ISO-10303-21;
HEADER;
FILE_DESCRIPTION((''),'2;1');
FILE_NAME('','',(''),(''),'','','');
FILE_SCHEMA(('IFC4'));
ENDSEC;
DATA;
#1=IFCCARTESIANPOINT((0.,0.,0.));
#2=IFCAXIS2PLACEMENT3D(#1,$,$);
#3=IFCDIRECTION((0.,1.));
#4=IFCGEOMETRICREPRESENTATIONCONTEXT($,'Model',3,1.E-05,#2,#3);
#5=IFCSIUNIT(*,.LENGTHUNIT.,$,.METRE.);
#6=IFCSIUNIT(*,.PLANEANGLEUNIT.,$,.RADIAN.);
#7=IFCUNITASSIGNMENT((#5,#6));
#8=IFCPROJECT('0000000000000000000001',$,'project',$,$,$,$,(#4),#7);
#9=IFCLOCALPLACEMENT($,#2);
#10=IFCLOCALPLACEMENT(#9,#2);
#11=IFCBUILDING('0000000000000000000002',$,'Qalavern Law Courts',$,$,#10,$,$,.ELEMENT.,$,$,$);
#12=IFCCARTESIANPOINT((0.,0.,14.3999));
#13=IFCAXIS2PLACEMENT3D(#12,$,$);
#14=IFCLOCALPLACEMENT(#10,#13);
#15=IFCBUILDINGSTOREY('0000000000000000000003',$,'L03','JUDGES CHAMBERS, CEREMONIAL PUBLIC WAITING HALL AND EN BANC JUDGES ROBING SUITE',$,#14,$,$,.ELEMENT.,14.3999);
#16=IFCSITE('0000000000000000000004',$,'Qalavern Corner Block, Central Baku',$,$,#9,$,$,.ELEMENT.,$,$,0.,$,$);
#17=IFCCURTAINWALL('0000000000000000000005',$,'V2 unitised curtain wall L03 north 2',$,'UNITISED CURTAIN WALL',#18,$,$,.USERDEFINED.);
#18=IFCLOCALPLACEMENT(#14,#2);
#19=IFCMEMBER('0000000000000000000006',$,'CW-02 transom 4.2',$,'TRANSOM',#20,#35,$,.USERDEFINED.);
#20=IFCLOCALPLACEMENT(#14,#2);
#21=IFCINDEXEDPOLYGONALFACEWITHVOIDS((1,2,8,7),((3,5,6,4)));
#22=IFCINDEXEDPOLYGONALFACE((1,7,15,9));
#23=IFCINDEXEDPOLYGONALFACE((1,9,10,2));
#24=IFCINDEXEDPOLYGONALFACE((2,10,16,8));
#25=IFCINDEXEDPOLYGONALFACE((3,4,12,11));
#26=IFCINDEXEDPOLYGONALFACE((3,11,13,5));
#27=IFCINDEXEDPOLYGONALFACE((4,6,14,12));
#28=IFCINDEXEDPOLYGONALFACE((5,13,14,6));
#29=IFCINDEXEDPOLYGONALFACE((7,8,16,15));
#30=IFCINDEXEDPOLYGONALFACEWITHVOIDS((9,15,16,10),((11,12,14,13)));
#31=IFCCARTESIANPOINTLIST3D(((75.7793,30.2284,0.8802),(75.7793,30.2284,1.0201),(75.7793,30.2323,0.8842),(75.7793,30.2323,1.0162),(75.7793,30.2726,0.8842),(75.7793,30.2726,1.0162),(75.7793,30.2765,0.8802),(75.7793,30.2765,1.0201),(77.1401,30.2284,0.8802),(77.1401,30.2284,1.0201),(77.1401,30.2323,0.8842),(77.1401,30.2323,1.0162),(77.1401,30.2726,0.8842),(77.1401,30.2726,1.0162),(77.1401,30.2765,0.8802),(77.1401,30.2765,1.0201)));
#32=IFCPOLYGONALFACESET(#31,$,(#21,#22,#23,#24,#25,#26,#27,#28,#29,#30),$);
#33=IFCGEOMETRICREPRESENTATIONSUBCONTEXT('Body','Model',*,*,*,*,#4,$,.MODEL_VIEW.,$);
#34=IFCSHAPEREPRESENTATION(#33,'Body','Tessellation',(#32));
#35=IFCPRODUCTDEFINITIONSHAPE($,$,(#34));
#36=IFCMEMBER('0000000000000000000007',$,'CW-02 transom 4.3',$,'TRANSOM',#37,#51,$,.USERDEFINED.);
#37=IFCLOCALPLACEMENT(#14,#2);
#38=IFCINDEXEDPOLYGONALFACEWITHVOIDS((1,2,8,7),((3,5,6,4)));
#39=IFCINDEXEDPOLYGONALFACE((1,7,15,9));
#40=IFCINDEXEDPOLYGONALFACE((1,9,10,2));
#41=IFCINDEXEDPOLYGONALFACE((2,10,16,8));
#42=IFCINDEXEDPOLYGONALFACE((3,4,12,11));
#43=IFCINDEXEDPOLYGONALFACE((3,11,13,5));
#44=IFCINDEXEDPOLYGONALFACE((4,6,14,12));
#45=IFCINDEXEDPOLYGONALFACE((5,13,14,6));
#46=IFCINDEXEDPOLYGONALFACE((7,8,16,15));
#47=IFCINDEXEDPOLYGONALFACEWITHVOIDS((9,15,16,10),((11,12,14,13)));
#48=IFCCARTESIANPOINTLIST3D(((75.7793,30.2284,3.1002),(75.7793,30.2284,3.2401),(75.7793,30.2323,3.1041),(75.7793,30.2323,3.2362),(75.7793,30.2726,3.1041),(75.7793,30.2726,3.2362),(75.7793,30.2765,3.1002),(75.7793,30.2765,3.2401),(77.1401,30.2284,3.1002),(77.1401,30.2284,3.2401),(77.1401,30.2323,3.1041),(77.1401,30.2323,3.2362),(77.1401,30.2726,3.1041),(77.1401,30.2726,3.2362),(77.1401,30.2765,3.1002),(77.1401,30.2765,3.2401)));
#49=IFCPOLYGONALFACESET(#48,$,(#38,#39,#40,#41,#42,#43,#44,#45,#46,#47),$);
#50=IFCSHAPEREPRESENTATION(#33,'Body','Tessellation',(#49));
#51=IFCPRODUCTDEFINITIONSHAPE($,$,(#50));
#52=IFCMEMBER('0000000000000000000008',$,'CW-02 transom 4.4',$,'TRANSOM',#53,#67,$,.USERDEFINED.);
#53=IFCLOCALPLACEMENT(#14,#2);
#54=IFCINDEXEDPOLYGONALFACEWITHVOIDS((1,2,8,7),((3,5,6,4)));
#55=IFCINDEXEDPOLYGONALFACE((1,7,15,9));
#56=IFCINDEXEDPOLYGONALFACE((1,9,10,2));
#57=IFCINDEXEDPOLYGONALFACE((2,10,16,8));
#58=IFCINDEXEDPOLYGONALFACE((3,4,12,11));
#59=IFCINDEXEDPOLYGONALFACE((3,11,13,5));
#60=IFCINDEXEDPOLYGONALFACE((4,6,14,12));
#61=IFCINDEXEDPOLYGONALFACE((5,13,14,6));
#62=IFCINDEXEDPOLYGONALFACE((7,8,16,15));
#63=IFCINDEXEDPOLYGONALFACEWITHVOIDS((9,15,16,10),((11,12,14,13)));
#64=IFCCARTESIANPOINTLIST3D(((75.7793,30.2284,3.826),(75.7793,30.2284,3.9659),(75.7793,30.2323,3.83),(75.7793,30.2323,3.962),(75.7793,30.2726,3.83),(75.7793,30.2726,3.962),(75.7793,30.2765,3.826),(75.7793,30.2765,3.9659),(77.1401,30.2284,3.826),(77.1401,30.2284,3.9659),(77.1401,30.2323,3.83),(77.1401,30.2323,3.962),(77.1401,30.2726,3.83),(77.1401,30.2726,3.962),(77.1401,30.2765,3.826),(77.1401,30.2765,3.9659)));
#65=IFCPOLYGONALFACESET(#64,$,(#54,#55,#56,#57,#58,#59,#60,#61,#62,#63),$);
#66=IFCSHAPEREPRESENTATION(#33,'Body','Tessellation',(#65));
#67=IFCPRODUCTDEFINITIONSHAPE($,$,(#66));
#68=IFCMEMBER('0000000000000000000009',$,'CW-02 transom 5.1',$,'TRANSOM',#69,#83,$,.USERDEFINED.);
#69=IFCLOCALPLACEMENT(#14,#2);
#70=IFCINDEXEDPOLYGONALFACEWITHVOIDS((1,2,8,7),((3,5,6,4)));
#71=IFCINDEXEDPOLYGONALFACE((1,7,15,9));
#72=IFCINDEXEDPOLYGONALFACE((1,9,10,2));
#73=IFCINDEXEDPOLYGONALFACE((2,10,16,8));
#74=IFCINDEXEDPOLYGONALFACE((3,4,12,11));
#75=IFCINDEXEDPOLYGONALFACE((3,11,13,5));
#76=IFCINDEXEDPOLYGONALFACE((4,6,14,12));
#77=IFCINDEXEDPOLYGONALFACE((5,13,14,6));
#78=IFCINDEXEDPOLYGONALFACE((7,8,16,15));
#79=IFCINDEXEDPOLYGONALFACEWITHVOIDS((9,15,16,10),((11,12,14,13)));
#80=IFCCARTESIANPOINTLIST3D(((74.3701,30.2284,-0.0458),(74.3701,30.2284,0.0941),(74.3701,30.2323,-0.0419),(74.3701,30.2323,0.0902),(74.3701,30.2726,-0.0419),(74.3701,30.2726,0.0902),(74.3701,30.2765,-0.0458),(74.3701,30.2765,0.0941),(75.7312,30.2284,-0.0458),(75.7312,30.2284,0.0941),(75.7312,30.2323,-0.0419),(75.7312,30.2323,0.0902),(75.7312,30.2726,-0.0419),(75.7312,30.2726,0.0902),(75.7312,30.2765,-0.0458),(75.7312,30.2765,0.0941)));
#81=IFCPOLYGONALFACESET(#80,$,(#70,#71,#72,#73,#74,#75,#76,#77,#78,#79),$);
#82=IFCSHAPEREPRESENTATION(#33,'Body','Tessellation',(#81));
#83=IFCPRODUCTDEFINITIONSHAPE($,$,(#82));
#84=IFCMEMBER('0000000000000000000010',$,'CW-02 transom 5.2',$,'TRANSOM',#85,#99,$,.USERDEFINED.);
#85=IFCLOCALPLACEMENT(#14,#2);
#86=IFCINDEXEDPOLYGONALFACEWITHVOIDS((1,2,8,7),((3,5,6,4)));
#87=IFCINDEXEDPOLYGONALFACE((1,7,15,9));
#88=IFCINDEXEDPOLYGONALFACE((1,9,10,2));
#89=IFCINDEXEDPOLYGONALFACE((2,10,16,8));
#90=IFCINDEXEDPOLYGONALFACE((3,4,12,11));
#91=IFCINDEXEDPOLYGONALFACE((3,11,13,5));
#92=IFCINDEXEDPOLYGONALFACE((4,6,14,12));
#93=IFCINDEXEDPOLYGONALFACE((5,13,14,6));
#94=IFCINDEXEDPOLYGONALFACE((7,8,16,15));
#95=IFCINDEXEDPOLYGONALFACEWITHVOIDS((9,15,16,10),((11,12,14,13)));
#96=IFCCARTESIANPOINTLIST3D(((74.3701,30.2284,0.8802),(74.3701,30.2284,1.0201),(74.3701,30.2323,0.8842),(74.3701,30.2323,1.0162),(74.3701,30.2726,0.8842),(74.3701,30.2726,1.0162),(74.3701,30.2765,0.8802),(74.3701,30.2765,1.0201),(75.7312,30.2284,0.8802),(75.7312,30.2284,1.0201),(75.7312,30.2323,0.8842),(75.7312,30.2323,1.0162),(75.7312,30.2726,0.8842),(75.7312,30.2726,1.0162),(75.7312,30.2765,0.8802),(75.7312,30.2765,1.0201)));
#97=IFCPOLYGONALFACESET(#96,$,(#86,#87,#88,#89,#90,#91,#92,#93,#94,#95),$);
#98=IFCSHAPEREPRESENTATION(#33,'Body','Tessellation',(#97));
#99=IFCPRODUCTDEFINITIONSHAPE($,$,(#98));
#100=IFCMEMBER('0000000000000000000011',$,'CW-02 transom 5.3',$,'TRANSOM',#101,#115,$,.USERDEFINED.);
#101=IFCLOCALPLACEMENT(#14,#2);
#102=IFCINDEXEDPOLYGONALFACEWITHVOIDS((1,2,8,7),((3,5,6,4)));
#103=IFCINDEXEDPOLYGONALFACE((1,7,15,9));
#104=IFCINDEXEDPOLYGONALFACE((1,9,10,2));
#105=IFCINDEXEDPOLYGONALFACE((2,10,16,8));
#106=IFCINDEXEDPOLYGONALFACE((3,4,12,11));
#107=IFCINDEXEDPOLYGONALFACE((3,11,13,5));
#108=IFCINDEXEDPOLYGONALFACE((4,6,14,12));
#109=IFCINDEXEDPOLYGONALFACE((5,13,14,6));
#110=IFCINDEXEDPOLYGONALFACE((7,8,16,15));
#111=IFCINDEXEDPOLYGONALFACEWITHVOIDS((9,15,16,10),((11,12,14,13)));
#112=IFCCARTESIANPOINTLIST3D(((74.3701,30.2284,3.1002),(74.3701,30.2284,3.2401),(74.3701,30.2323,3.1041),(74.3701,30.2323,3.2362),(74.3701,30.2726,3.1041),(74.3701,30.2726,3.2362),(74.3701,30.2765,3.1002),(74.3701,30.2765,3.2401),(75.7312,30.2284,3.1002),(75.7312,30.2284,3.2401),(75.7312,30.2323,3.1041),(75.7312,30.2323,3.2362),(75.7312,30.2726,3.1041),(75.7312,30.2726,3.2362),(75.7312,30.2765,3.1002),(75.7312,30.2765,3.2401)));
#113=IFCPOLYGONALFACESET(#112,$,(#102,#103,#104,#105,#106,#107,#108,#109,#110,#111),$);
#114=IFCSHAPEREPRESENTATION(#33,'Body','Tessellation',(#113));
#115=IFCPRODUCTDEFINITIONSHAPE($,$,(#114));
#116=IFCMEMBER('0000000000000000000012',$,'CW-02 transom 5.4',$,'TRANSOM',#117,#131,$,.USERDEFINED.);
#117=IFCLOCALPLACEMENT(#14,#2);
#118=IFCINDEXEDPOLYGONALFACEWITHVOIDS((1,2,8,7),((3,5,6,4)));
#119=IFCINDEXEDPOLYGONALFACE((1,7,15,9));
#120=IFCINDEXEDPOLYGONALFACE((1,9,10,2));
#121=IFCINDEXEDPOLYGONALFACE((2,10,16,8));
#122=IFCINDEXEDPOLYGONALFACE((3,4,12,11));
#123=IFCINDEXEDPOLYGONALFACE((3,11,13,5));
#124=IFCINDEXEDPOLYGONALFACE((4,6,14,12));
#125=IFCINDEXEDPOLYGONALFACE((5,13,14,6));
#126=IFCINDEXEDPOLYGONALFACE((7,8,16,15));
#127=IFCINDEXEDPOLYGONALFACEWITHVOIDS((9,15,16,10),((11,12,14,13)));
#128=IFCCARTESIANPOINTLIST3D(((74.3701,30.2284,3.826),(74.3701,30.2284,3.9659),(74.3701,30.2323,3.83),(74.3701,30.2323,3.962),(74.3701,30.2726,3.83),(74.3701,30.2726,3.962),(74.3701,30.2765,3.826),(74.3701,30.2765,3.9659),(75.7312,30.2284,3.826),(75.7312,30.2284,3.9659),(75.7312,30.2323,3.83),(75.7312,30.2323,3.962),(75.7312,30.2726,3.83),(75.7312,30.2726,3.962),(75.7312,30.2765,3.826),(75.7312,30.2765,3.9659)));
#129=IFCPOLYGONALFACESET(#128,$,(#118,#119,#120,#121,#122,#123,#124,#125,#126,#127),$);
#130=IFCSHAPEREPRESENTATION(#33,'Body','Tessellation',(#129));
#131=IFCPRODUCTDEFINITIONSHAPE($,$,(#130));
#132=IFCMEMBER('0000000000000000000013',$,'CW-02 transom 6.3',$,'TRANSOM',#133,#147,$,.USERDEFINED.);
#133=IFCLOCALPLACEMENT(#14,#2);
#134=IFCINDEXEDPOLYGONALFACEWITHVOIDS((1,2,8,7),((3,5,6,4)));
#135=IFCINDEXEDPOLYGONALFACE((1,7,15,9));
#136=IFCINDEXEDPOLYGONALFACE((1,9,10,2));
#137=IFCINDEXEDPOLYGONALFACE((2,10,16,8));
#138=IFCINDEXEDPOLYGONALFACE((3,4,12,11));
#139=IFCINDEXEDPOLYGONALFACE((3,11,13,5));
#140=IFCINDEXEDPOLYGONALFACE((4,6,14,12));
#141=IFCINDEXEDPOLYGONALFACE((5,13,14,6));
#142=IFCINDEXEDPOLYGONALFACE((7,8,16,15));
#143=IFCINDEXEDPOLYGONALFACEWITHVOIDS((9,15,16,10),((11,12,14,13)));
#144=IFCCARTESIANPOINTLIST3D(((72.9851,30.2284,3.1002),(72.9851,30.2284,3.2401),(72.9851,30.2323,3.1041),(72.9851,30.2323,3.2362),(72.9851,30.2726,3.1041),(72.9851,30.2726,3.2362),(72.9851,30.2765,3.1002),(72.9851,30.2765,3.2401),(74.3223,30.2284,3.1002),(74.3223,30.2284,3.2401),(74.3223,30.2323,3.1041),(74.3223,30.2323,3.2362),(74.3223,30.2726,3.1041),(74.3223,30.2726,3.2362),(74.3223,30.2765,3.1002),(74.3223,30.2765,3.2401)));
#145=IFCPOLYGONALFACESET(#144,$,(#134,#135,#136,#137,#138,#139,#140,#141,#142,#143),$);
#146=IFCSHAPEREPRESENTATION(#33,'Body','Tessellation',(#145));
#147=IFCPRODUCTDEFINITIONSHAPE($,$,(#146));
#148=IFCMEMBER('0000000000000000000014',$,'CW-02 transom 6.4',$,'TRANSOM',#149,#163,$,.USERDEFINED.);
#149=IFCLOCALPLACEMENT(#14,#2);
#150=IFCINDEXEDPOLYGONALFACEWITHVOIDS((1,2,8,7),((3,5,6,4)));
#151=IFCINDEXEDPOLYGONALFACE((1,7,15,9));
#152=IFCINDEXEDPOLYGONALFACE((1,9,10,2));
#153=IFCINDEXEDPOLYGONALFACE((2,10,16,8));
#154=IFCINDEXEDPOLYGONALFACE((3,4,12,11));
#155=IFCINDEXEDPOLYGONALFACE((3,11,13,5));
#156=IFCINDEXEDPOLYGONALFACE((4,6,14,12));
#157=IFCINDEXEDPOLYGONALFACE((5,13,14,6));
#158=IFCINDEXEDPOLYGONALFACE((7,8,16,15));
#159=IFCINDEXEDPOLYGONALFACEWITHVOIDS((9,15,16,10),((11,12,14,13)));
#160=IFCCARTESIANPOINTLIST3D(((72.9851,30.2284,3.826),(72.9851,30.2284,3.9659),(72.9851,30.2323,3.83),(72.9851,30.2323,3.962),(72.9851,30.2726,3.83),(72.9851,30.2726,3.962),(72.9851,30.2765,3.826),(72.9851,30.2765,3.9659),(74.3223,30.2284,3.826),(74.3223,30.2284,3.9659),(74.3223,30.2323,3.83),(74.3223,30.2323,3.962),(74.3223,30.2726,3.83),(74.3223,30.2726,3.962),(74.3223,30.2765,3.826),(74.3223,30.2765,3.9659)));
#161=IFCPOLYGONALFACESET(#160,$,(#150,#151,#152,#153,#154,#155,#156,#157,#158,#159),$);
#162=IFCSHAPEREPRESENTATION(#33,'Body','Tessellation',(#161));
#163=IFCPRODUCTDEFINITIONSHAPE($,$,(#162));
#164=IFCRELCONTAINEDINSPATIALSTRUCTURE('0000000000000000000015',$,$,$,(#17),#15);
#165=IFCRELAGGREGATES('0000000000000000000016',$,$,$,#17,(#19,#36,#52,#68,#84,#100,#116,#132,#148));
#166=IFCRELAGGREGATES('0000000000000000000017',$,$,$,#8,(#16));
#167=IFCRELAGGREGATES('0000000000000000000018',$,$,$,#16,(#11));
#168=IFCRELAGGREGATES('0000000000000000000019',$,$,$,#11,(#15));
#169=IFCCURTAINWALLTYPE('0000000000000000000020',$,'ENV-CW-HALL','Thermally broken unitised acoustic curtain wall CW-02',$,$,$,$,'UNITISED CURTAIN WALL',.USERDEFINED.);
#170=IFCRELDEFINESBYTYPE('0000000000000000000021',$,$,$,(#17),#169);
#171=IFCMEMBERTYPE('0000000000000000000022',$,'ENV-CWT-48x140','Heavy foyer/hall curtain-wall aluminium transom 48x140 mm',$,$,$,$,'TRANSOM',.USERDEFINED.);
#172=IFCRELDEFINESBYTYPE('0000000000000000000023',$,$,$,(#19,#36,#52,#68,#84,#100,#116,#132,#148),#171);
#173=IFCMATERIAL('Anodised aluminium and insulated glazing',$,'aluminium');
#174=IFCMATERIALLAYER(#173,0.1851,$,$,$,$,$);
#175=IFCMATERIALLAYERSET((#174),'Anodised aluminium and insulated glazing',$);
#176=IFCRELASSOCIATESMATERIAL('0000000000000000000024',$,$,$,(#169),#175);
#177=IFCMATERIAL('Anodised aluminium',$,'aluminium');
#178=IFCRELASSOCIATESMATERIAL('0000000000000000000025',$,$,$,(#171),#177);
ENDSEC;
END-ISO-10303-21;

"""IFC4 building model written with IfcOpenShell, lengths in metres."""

from ifc_helpers import new_model, si_unit, direction, frame, origin, origin_2d, place, context, subcontext, project, spatial, hollow_rectangle, extrude, material, layer, layer_set, material_profile, profile_set, type_object, element, aggregate, save


model = new_model("IFC4")

# Units and contexts
model_context = context("Model", 3, precision=1e-05, world=origin(), true_north=direction((0.0, 1.0)))
body_context = subcontext(model_context, "Body", "Model", "MODEL_VIEW")
ifc_project = project(units=[si_unit("LENGTHUNIT", "METRE"), si_unit("PLANEANGLEUNIT", "RADIAN")], contexts=[model_context])

# Site, building, storey
site_placement = place(None, origin())
site = spatial("IfcSite", under=ifc_project, at=site_placement, Name="Qalavern Corner Block, Central Baku", CompositionType="ELEMENT", RefElevation=0.0)
building_placement = place(site_placement, origin())
building = spatial("IfcBuilding", under=site, at=building_placement, Name="Qalavern Law Courts", CompositionType="ELEMENT")
storey_placement = place(building_placement, frame((0.0, 0.0, 14.3999)))
storey = spatial("IfcBuildingStorey", under=building, at=storey_placement, Name="L03", Description="JUDGES CHAMBERS, CEREMONIAL PUBLIC WAITING HALL AND EN BANC JUDGES ROBING SUITE", CompositionType="ELEMENT", Elevation=14.3999)

# Curtain wall, members
ifc_material_1 = material(Name="Anodised aluminium and insulated glazing", Category="aluminium")
ifc_layer_1 = layer(ifc_material_1, 0.1851)
ifc_layer_set_1 = layer_set([ifc_layer_1], Name="Anodised aluminium and insulated glazing")
curtain_wall_type = type_object("IfcCurtainWallType", Name="ENV-CW-HALL", Description="Thermally broken unitised acoustic curtain wall CW-02", ElementType="UNITISED CURTAIN WALL", PredefinedType="USERDEFINED", material=ifc_layer_set_1)
curtain_wall_placement = place(storey_placement, origin())
curtain_wall = element("IfcCurtainWall", 1, at=curtain_wall_placement, inside=storey, type_object=curtain_wall_type, Name="V2 unitised curtain wall L03 north 2", ObjectType="UNITISED CURTAIN WALL", PredefinedType="USERDEFINED")
ifc_material_2 = material(Name="Anodised aluminium", Category="aluminium")
ifc_material_profile_1 = material_profile(ifc_material_2, hollow_rectangle(XDim=0.0481, YDim=0.1399, WallThickness=0.0039, at=origin_2d()), Name="ALU TRANSOM 48x140")
ifc_profile_set_1 = profile_set([ifc_material_profile_1], Name="Anodised aluminium")
member_type_1 = type_object("IfcMemberType", Name="ENV-CWT-48x140", Description="Heavy foyer/hall curtain-wall aluminium transom 48x140 mm", ElementType="TRANSOM", PredefinedType="USERDEFINED", material=ifc_profile_set_1)
member_1_placement = place(storey_placement, frame((77.1401, 30.2524, 0.9502), z_axis=(-1.0, 0.0, 0.0), x_axis=(0.0, -1.0, 0.0)))
member_1 = element("IfcMember", 2, at=member_1_placement, type_object=member_type_1, Name="CW-02 transom 4.2", ObjectType="TRANSOM", PredefinedType="USERDEFINED", context=body_context, shape_type="SweptSolid", body=[
    extrude(hollow_rectangle(XDim=0.0481, YDim=0.1399, WallThickness=0.0039, at=origin_2d()), origin(), (0.0, 0.0, 1.0), 1.3608),
])
member_2_placement = place(storey_placement, frame((77.1401, 30.2524, 3.1702), z_axis=(-1.0, 0.0, 0.0), x_axis=(0.0, -1.0, 0.0)))
member_2 = element("IfcMember", 3, at=member_2_placement, type_object=member_type_1, Name="CW-02 transom 4.3", ObjectType="TRANSOM", PredefinedType="USERDEFINED", context=body_context, shape_type="SweptSolid", body=[
    extrude(hollow_rectangle(XDim=0.0481, YDim=0.1399, WallThickness=0.0039, at=origin_2d()), origin(), (0.0, 0.0, 1.0), 1.3608),
])
member_3_placement = place(storey_placement, frame((77.1401, 30.2524, 3.896), z_axis=(-1.0, 0.0, 0.0), x_axis=(0.0, -1.0, 0.0)))
member_3 = element("IfcMember", 4, at=member_3_placement, type_object=member_type_1, Name="CW-02 transom 4.4", ObjectType="TRANSOM", PredefinedType="USERDEFINED", context=body_context, shape_type="SweptSolid", body=[
    extrude(hollow_rectangle(XDim=0.0481, YDim=0.1399, WallThickness=0.0039, at=origin_2d()), origin(), (0.0, 0.0, 1.0), 1.3608),
])
member_4_placement = place(storey_placement, frame((75.7312, 30.2524, 0.0242), z_axis=(-1.0, 0.0, 0.0), x_axis=(0.0, -1.0, 0.0)))
member_4 = element("IfcMember", 5, at=member_4_placement, type_object=member_type_1, Name="CW-02 transom 5.1", ObjectType="TRANSOM", PredefinedType="USERDEFINED", context=body_context, shape_type="SweptSolid", body=[
    extrude(hollow_rectangle(XDim=0.0481, YDim=0.1399, WallThickness=0.0039, at=origin_2d()), origin(), (0.0, 0.0, 1.0), 1.3611),
])
member_5_placement = place(storey_placement, frame((75.7312, 30.2524, 0.9502), z_axis=(-1.0, 0.0, 0.0), x_axis=(0.0, -1.0, 0.0)))
member_5 = element("IfcMember", 6, at=member_5_placement, type_object=member_type_1, Name="CW-02 transom 5.2", ObjectType="TRANSOM", PredefinedType="USERDEFINED", context=body_context, shape_type="SweptSolid", body=[
    extrude(hollow_rectangle(XDim=0.0481, YDim=0.1399, WallThickness=0.0039, at=origin_2d()), origin(), (0.0, 0.0, 1.0), 1.3611),
])
member_6_placement = place(storey_placement, frame((75.7312, 30.2524, 3.1702), z_axis=(-1.0, 0.0, 0.0), x_axis=(0.0, -1.0, 0.0)))
member_6 = element("IfcMember", 7, at=member_6_placement, type_object=member_type_1, Name="CW-02 transom 5.3", ObjectType="TRANSOM", PredefinedType="USERDEFINED", context=body_context, shape_type="SweptSolid", body=[
    extrude(hollow_rectangle(XDim=0.0481, YDim=0.1399, WallThickness=0.0039, at=origin_2d()), origin(), (0.0, 0.0, 1.0), 1.3611),
])
member_7_placement = place(storey_placement, frame((75.7312, 30.2524, 3.896), z_axis=(-1.0, 0.0, 0.0), x_axis=(0.0, -1.0, 0.0)))
member_7 = element("IfcMember", 8, at=member_7_placement, type_object=member_type_1, Name="CW-02 transom 5.4", ObjectType="TRANSOM", PredefinedType="USERDEFINED", context=body_context, shape_type="SweptSolid", body=[
    extrude(hollow_rectangle(XDim=0.0481, YDim=0.1399, WallThickness=0.0039, at=origin_2d()), origin(), (0.0, 0.0, 1.0), 1.3611),
])
member_8_placement = place(storey_placement, frame((74.3223, 30.2524, 3.1702), z_axis=(-1.0, 0.0, 0.0), x_axis=(0.0, -1.0, 0.0)))
member_8 = element("IfcMember", 9, at=member_8_placement, type_object=member_type_1, Name="CW-02 transom 6.3", ObjectType="TRANSOM", PredefinedType="USERDEFINED", context=body_context, shape_type="SweptSolid", body=[
    extrude(hollow_rectangle(XDim=0.0481, YDim=0.1399, WallThickness=0.0039, at=origin_2d()), origin(), (0.0, 0.0, 1.0), 1.3372),
])
member_9_placement = place(storey_placement, frame((74.3223, 30.2524, 3.896), z_axis=(-1.0, 0.0, 0.0), x_axis=(0.0, -1.0, 0.0)))
member_9 = element("IfcMember", 10, at=member_9_placement, type_object=member_type_1, Name="CW-02 transom 6.4", ObjectType="TRANSOM", PredefinedType="USERDEFINED", context=body_context, shape_type="SweptSolid", body=[
    extrude(hollow_rectangle(XDim=0.0481, YDim=0.1399, WallThickness=0.0039, at=origin_2d()), origin(), (0.0, 0.0, 1.0), 1.3372),
])

aggregate(curtain_wall, [member_1, member_2, member_3, member_4, member_5, member_6, member_7, member_8, member_9])

save(model, "model.ifc")
